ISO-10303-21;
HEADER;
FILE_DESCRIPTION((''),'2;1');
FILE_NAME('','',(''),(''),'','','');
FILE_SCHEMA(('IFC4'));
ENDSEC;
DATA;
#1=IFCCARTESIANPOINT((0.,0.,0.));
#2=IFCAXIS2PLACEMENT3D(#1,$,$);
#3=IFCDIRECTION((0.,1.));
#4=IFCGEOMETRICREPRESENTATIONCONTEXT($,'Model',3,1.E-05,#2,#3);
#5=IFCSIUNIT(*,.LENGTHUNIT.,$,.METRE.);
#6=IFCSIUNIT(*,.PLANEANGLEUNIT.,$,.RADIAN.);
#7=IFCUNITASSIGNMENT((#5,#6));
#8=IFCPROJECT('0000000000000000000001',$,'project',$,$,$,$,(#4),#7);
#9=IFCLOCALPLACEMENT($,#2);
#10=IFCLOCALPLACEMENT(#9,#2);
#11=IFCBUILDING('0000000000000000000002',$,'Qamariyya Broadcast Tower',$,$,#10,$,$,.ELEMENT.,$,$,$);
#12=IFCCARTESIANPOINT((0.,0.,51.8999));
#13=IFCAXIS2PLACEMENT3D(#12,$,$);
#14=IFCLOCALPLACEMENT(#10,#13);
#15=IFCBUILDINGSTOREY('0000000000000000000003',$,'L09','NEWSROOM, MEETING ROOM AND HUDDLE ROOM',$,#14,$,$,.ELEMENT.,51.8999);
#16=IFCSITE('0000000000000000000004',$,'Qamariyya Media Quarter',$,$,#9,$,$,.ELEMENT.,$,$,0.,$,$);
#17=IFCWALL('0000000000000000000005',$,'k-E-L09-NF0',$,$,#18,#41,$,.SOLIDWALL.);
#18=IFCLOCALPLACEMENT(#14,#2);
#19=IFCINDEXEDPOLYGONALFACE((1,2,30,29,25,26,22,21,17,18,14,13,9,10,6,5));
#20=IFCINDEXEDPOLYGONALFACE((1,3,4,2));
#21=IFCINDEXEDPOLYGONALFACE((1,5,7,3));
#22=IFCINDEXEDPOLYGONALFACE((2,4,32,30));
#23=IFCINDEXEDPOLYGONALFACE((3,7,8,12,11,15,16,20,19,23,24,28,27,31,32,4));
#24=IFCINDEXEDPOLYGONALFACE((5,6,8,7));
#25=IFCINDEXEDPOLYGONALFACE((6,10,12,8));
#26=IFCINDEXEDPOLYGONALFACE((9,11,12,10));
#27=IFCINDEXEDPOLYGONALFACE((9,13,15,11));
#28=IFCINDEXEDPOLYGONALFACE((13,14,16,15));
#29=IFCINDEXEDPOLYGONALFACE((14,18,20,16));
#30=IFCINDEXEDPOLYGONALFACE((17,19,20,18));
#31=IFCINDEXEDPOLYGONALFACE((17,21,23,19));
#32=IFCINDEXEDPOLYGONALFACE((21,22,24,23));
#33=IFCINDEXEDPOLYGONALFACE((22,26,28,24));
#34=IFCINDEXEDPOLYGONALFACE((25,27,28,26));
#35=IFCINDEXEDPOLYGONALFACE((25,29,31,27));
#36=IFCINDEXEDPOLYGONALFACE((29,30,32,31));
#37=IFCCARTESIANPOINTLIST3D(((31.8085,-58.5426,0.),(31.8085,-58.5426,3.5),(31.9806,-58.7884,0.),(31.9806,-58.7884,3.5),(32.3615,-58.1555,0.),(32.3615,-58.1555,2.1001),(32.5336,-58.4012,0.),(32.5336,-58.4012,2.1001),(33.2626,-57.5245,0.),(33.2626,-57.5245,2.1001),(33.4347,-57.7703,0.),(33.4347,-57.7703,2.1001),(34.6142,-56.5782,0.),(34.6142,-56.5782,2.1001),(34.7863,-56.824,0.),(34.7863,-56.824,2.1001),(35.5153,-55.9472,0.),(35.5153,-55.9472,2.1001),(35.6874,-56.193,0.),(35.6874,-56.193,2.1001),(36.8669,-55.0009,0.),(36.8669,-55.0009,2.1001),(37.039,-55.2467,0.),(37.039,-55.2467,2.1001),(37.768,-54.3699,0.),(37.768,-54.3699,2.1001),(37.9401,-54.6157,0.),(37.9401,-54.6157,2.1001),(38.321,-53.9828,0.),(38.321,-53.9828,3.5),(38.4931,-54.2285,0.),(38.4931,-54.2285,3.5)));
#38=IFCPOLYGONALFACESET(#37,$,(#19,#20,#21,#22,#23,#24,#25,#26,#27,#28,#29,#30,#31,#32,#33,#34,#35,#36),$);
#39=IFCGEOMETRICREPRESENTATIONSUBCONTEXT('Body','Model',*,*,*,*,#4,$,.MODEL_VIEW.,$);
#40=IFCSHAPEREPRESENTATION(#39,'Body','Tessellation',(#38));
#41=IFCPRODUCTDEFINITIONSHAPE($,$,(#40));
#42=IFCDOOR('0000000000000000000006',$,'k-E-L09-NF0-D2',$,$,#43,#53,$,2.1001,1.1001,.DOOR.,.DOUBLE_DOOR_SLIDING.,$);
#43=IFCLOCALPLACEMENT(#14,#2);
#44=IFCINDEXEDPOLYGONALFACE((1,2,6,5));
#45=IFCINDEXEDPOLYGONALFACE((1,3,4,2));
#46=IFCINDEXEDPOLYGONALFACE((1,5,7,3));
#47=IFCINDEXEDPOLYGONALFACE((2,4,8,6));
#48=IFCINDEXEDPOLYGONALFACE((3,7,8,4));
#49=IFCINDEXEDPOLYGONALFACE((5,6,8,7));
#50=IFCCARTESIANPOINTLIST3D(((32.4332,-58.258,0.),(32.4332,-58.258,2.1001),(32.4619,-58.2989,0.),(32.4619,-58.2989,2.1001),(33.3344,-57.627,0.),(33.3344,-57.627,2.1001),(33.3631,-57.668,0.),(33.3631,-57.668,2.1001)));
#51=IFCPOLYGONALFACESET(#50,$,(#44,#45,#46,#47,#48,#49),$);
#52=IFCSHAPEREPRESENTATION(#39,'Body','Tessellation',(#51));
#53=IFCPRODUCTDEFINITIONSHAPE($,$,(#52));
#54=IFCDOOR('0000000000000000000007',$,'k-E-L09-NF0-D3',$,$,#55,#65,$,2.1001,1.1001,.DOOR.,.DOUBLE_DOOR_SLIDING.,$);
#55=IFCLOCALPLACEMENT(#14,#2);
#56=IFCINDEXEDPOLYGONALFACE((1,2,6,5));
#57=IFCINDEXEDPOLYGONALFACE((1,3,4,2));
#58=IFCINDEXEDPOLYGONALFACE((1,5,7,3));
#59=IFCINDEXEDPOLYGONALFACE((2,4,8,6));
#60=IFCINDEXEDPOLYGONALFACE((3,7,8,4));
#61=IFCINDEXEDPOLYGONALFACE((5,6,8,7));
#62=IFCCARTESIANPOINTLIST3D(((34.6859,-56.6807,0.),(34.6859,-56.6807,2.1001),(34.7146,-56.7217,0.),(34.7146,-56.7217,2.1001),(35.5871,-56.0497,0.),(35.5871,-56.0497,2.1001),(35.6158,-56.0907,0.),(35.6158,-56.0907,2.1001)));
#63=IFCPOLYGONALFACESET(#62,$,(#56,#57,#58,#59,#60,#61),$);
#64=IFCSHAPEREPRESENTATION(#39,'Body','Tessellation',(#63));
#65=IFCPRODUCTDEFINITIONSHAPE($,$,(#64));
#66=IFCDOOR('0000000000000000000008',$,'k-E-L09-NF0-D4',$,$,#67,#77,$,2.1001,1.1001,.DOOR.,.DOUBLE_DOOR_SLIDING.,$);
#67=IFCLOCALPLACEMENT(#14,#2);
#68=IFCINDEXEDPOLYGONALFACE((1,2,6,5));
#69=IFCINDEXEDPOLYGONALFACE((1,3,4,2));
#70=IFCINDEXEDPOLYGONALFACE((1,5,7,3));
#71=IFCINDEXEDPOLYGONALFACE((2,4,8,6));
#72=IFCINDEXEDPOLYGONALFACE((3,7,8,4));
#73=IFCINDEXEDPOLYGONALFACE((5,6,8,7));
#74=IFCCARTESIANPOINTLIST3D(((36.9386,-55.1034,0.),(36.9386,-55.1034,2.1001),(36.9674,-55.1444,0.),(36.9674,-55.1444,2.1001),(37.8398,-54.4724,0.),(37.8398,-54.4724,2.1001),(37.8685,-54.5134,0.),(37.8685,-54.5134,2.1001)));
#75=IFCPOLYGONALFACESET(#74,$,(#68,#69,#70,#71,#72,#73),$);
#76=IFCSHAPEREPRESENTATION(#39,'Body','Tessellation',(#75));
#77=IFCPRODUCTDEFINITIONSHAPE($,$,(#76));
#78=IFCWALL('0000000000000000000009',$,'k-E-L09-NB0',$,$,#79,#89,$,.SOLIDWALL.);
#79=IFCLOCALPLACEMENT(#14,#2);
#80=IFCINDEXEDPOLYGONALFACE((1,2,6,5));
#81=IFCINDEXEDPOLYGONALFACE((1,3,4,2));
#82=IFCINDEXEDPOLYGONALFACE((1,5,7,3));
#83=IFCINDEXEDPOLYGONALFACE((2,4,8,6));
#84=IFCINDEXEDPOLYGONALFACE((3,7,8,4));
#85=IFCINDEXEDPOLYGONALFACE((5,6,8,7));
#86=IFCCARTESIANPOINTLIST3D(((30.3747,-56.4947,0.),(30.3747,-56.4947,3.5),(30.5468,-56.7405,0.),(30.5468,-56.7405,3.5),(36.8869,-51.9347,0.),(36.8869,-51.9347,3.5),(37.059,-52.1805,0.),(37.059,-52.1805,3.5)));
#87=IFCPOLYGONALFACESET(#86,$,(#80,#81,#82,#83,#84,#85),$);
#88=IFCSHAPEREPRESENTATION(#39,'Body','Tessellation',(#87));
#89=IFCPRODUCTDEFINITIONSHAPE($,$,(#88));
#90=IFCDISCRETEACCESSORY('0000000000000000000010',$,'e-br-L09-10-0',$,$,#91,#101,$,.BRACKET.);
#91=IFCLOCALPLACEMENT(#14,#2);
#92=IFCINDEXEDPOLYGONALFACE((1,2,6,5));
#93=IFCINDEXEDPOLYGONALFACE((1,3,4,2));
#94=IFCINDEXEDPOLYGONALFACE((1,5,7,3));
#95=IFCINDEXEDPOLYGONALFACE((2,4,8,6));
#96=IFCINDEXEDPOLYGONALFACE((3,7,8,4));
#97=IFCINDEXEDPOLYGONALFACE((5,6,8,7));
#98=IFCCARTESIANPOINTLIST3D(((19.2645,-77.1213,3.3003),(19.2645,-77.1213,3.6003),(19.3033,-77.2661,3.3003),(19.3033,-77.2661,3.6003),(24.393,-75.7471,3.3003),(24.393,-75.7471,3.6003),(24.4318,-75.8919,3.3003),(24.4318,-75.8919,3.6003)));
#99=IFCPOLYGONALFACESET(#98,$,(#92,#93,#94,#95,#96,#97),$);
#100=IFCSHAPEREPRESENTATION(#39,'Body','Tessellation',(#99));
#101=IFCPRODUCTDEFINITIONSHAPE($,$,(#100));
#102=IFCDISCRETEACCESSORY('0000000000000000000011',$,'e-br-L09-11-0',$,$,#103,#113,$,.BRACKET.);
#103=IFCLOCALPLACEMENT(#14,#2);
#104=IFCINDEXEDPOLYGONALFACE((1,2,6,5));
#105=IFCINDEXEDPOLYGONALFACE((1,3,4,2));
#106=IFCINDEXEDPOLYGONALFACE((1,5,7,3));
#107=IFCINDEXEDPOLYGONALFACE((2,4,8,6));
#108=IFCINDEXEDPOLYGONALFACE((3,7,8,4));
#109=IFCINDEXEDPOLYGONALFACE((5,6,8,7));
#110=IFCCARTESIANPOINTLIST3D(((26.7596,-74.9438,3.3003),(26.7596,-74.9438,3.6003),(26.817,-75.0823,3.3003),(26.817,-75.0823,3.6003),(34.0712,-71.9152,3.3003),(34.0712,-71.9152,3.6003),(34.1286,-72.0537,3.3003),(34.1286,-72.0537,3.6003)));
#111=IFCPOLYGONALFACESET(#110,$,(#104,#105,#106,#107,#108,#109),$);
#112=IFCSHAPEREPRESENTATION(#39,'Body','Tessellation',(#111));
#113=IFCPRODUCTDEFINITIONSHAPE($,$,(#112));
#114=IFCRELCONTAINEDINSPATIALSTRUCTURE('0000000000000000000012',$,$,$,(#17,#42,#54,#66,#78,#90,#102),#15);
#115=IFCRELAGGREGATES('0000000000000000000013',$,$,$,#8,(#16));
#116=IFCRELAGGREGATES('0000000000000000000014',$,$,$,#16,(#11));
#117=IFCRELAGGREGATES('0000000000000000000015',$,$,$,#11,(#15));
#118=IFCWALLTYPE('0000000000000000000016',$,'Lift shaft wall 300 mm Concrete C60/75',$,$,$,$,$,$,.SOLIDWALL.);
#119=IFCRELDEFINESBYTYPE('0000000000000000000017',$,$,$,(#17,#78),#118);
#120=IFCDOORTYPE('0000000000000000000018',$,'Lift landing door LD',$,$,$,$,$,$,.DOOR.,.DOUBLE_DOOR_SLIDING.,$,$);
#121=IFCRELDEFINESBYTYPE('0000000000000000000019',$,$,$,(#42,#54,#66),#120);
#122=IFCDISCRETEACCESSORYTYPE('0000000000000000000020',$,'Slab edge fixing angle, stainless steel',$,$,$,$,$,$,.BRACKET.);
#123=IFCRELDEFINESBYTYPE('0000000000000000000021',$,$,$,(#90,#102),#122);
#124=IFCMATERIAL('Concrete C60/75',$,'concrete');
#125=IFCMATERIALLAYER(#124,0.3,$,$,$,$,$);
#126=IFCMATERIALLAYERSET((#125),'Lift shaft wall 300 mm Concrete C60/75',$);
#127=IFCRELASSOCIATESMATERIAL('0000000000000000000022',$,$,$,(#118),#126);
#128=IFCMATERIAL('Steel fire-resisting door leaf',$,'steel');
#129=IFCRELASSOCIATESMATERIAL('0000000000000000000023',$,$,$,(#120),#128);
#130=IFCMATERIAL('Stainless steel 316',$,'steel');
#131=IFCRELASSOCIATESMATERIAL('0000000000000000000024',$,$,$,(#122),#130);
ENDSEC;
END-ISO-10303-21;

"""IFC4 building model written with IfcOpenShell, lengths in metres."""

from ifc_helpers import new_model, si_unit, direction, frame, frame_2d, origin, origin_2d, place, context, subcontext, project, spatial, rectangle, extrude, material, layer, layer_set, type_object, element, fill, save


model = new_model("IFC4")

# Units and contexts
model_context = context("Model", 3, precision=1e-05, world=origin(), true_north=direction((0.0, 1.0)))
body_context = subcontext(model_context, "Body", "Model", "MODEL_VIEW")
ifc_project = project(units=[si_unit("LENGTHUNIT", "METRE"), si_unit("PLANEANGLEUNIT", "RADIAN")], contexts=[model_context])

# Site, building, storey
site_placement = place(None, origin())
site = spatial("IfcSite", under=ifc_project, at=site_placement, Name="Qamariyya Media Quarter", CompositionType="ELEMENT", RefElevation=0.0)
building_placement = place(site_placement, origin())
building = spatial("IfcBuilding", under=site, at=building_placement, Name="Qamariyya Broadcast Tower", CompositionType="ELEMENT")
storey_placement = place(building_placement, frame((0.0, 0.0, 51.8999)))
storey = spatial("IfcBuildingStorey", under=building, at=storey_placement, Name="L09", Description="NEWSROOM, MEETING ROOM AND HUDDLE ROOM", CompositionType="ELEMENT", Elevation=51.8999)

# Wall, openings, doors
ifc_material_1 = material(Name="Concrete C60/75", Category="concrete")
ifc_layer_1 = layer(ifc_material_1, 0.3)
ifc_layer_set_1 = layer_set([ifc_layer_1], Name="Lift shaft wall 300 mm Concrete C60/75")
wall_type_1 = type_object("IfcWallType", Name="Lift shaft wall 300 mm Concrete C60/75", PredefinedType="SOLIDWALL", material=ifc_layer_set_1)
wall_1_placement = place(storey_placement, frame((31.8945, -58.6655, 0.0), z_axis=(0.0, 0.0, 1.0), x_axis=(0.819167, 0.573555, 0.0)))
wall_1 = element("IfcWall", 1, at=wall_1_placement, inside=storey, type_object=wall_type_1, Name="k-E-L09-NF0", PredefinedType="SOLIDWALL", context=body_context, shape_type="SweptSolid", body=[
    extrude(rectangle(XDim=7.9502, YDim=0.3, at=frame_2d((3.9751, 0.0))), origin(), (0.0, 0.0, 1.0), 3.5),
])
opening_1_placement = place(wall_1_placement, frame((0.675, 0.0, 0.0)))
opening_1 = element("IfcOpeningElement", 2, at=opening_1_placement, cuts=wall_1, PredefinedType="OPENING", context=body_context, shape_type="SweptSolid", body=[
    extrude(rectangle(XDim=1.1001, YDim=2.1001, at=frame_2d((0.55, 1.05))), frame((0.0, 0.1599, 0.0), z_axis=(0.0, -1.0, 0.0), x_axis=(1.0, 0.0, 0.0)), (0.0, 0.0, 1.0), 0.3201),
])
opening_2_placement = place(wall_1_placement, frame((3.425, 0.0, 0.0)))
opening_2 = element("IfcOpeningElement", 3, at=opening_2_placement, cuts=wall_1, PredefinedType="OPENING", context=body_context, shape_type="SweptSolid", body=[
    extrude(rectangle(XDim=1.1001, YDim=2.1001, at=frame_2d((0.55, 1.05))), frame((0.0, 0.1599, 0.0), z_axis=(0.0, -1.0, 0.0), x_axis=(1.0, 0.0, 0.0)), (0.0, 0.0, 1.0), 0.3201),
])
opening_3_placement = place(wall_1_placement, frame((6.175, 0.0, 0.0)))
opening_3 = element("IfcOpeningElement", 4, at=opening_3_placement, cuts=wall_1, PredefinedType="OPENING", context=body_context, shape_type="SweptSolid", body=[
    extrude(rectangle(XDim=1.1001, YDim=2.1001, at=frame_2d((0.55, 1.05))), frame((0.0, 0.1599, 0.0), z_axis=(0.0, -1.0, 0.0), x_axis=(1.0, 0.0, 0.0)), (0.0, 0.0, 1.0), 0.3201),
])
ifc_material_2 = material(Name="Steel fire-resisting door leaf", Category="steel")
door_type_1 = type_object("IfcDoorType", Name="Lift landing door LD", OperationType="DOUBLE_DOOR_SLIDING", PredefinedType="DOOR", material=ifc_material_2)
door_1_placement = place(opening_1_placement, origin())
door_1 = element("IfcDoor", 5, at=door_1_placement, inside=storey, type_object=door_type_1, Name="k-E-L09-NF0-D2", OperationType="DOUBLE_DOOR_SLIDING", OverallHeight=2.1001, OverallWidth=1.1001, PredefinedType="DOOR", context=body_context, shape_type="SweptSolid", body=[
    extrude(rectangle(XDim=1.1001, YDim=2.1001, at=frame_2d((0.55, 1.05))), frame((0.0, 0.0249, 0.0), z_axis=(0.0, -1.0, 0.0), x_axis=(1.0, 0.0, 0.0)), (0.0, 0.0, 1.0), 0.05),
])
fill(opening_1, door_1)
door_2_placement = place(opening_2_placement, origin())
door_2 = element("IfcDoor", 6, at=door_2_placement, inside=storey, type_object=door_type_1, Name="k-E-L09-NF0-D3", OperationType="DOUBLE_DOOR_SLIDING", OverallHeight=2.1001, OverallWidth=1.1001, PredefinedType="DOOR", context=body_context, shape_type="SweptSolid", body=[
    extrude(rectangle(XDim=1.1001, YDim=2.1001, at=frame_2d((0.55, 1.05))), frame((0.0, 0.0249, 0.0), z_axis=(0.0, -1.0, 0.0), x_axis=(1.0, 0.0, 0.0)), (0.0, 0.0, 1.0), 0.05),
])
fill(opening_2, door_2)
door_3_placement = place(opening_3_placement, origin())
door_3 = element("IfcDoor", 7, at=door_3_placement, inside=storey, type_object=door_type_1, Name="k-E-L09-NF0-D4", OperationType="DOUBLE_DOOR_SLIDING", OverallHeight=2.1001, OverallWidth=1.1001, PredefinedType="DOOR", context=body_context, shape_type="SweptSolid", body=[
    extrude(rectangle(XDim=1.1001, YDim=2.1001, at=frame_2d((0.55, 1.05))), frame((0.0, 0.0249, 0.0), z_axis=(0.0, -1.0, 0.0), x_axis=(1.0, 0.0, 0.0)), (0.0, 0.0, 1.0), 0.05),
])
fill(opening_3, door_3)

# Wall
wall_2_placement = place(storey_placement, frame((30.4607, -56.6177, 0.0), z_axis=(0.0, 0.0, 1.0), x_axis=(0.819142, 0.57359, 0.0)))
element("IfcWall", 8, at=wall_2_placement, inside=storey, type_object=wall_type_1, Name="k-E-L09-NB0", PredefinedType="SOLIDWALL", context=body_context, shape_type="SweptSolid", body=[
    extrude(rectangle(XDim=7.95, YDim=0.3, at=frame_2d((3.9751, 0.0))), origin(), (0.0, 0.0, 1.0), 3.5),
])

# Discrete accessories
ifc_material_3 = material(Name="Stainless steel 316", Category="steel")
discrete_accessory_type = type_object("IfcDiscreteAccessoryType", Name="Slab edge fixing angle, stainless steel", PredefinedType="BRACKET", material=ifc_material_3)
discrete_accessory_1_placement = place(storey_placement, frame((21.8481, -76.5066, 3.3003), z_axis=(0.0, 0.0, 1.0), x_axis=(0.965926, 0.258819, 0.0)))
element("IfcDiscreteAccessory", 9, at=discrete_accessory_1_placement, inside=storey, type_object=discrete_accessory_type, Name="e-br-L09-10-0", PredefinedType="BRACKET", context=body_context, shape_type="SweptSolid", body=[
    extrude(rectangle(XDim=5.3093, YDim=0.1499, at=origin_2d()), origin(), (0.0, 0.0, 1.0), 0.3),
])
discrete_accessory_2_placement = place(storey_placement, frame((30.4441, -73.4988, 3.3003), z_axis=(0.0, 0.0, 1.0), x_axis=(0.92388, 0.382683, 0.0)))
element("IfcDiscreteAccessory", 10, at=discrete_accessory_2_placement, inside=storey, type_object=discrete_accessory_type, Name="e-br-L09-11-0", PredefinedType="BRACKET", context=body_context, shape_type="SweptSolid", body=[
    extrude(rectangle(XDim=7.9141, YDim=0.1499, at=origin_2d()), origin(), (0.0, 0.0, 1.0), 0.3),
])

save(model, "model.ifc")
